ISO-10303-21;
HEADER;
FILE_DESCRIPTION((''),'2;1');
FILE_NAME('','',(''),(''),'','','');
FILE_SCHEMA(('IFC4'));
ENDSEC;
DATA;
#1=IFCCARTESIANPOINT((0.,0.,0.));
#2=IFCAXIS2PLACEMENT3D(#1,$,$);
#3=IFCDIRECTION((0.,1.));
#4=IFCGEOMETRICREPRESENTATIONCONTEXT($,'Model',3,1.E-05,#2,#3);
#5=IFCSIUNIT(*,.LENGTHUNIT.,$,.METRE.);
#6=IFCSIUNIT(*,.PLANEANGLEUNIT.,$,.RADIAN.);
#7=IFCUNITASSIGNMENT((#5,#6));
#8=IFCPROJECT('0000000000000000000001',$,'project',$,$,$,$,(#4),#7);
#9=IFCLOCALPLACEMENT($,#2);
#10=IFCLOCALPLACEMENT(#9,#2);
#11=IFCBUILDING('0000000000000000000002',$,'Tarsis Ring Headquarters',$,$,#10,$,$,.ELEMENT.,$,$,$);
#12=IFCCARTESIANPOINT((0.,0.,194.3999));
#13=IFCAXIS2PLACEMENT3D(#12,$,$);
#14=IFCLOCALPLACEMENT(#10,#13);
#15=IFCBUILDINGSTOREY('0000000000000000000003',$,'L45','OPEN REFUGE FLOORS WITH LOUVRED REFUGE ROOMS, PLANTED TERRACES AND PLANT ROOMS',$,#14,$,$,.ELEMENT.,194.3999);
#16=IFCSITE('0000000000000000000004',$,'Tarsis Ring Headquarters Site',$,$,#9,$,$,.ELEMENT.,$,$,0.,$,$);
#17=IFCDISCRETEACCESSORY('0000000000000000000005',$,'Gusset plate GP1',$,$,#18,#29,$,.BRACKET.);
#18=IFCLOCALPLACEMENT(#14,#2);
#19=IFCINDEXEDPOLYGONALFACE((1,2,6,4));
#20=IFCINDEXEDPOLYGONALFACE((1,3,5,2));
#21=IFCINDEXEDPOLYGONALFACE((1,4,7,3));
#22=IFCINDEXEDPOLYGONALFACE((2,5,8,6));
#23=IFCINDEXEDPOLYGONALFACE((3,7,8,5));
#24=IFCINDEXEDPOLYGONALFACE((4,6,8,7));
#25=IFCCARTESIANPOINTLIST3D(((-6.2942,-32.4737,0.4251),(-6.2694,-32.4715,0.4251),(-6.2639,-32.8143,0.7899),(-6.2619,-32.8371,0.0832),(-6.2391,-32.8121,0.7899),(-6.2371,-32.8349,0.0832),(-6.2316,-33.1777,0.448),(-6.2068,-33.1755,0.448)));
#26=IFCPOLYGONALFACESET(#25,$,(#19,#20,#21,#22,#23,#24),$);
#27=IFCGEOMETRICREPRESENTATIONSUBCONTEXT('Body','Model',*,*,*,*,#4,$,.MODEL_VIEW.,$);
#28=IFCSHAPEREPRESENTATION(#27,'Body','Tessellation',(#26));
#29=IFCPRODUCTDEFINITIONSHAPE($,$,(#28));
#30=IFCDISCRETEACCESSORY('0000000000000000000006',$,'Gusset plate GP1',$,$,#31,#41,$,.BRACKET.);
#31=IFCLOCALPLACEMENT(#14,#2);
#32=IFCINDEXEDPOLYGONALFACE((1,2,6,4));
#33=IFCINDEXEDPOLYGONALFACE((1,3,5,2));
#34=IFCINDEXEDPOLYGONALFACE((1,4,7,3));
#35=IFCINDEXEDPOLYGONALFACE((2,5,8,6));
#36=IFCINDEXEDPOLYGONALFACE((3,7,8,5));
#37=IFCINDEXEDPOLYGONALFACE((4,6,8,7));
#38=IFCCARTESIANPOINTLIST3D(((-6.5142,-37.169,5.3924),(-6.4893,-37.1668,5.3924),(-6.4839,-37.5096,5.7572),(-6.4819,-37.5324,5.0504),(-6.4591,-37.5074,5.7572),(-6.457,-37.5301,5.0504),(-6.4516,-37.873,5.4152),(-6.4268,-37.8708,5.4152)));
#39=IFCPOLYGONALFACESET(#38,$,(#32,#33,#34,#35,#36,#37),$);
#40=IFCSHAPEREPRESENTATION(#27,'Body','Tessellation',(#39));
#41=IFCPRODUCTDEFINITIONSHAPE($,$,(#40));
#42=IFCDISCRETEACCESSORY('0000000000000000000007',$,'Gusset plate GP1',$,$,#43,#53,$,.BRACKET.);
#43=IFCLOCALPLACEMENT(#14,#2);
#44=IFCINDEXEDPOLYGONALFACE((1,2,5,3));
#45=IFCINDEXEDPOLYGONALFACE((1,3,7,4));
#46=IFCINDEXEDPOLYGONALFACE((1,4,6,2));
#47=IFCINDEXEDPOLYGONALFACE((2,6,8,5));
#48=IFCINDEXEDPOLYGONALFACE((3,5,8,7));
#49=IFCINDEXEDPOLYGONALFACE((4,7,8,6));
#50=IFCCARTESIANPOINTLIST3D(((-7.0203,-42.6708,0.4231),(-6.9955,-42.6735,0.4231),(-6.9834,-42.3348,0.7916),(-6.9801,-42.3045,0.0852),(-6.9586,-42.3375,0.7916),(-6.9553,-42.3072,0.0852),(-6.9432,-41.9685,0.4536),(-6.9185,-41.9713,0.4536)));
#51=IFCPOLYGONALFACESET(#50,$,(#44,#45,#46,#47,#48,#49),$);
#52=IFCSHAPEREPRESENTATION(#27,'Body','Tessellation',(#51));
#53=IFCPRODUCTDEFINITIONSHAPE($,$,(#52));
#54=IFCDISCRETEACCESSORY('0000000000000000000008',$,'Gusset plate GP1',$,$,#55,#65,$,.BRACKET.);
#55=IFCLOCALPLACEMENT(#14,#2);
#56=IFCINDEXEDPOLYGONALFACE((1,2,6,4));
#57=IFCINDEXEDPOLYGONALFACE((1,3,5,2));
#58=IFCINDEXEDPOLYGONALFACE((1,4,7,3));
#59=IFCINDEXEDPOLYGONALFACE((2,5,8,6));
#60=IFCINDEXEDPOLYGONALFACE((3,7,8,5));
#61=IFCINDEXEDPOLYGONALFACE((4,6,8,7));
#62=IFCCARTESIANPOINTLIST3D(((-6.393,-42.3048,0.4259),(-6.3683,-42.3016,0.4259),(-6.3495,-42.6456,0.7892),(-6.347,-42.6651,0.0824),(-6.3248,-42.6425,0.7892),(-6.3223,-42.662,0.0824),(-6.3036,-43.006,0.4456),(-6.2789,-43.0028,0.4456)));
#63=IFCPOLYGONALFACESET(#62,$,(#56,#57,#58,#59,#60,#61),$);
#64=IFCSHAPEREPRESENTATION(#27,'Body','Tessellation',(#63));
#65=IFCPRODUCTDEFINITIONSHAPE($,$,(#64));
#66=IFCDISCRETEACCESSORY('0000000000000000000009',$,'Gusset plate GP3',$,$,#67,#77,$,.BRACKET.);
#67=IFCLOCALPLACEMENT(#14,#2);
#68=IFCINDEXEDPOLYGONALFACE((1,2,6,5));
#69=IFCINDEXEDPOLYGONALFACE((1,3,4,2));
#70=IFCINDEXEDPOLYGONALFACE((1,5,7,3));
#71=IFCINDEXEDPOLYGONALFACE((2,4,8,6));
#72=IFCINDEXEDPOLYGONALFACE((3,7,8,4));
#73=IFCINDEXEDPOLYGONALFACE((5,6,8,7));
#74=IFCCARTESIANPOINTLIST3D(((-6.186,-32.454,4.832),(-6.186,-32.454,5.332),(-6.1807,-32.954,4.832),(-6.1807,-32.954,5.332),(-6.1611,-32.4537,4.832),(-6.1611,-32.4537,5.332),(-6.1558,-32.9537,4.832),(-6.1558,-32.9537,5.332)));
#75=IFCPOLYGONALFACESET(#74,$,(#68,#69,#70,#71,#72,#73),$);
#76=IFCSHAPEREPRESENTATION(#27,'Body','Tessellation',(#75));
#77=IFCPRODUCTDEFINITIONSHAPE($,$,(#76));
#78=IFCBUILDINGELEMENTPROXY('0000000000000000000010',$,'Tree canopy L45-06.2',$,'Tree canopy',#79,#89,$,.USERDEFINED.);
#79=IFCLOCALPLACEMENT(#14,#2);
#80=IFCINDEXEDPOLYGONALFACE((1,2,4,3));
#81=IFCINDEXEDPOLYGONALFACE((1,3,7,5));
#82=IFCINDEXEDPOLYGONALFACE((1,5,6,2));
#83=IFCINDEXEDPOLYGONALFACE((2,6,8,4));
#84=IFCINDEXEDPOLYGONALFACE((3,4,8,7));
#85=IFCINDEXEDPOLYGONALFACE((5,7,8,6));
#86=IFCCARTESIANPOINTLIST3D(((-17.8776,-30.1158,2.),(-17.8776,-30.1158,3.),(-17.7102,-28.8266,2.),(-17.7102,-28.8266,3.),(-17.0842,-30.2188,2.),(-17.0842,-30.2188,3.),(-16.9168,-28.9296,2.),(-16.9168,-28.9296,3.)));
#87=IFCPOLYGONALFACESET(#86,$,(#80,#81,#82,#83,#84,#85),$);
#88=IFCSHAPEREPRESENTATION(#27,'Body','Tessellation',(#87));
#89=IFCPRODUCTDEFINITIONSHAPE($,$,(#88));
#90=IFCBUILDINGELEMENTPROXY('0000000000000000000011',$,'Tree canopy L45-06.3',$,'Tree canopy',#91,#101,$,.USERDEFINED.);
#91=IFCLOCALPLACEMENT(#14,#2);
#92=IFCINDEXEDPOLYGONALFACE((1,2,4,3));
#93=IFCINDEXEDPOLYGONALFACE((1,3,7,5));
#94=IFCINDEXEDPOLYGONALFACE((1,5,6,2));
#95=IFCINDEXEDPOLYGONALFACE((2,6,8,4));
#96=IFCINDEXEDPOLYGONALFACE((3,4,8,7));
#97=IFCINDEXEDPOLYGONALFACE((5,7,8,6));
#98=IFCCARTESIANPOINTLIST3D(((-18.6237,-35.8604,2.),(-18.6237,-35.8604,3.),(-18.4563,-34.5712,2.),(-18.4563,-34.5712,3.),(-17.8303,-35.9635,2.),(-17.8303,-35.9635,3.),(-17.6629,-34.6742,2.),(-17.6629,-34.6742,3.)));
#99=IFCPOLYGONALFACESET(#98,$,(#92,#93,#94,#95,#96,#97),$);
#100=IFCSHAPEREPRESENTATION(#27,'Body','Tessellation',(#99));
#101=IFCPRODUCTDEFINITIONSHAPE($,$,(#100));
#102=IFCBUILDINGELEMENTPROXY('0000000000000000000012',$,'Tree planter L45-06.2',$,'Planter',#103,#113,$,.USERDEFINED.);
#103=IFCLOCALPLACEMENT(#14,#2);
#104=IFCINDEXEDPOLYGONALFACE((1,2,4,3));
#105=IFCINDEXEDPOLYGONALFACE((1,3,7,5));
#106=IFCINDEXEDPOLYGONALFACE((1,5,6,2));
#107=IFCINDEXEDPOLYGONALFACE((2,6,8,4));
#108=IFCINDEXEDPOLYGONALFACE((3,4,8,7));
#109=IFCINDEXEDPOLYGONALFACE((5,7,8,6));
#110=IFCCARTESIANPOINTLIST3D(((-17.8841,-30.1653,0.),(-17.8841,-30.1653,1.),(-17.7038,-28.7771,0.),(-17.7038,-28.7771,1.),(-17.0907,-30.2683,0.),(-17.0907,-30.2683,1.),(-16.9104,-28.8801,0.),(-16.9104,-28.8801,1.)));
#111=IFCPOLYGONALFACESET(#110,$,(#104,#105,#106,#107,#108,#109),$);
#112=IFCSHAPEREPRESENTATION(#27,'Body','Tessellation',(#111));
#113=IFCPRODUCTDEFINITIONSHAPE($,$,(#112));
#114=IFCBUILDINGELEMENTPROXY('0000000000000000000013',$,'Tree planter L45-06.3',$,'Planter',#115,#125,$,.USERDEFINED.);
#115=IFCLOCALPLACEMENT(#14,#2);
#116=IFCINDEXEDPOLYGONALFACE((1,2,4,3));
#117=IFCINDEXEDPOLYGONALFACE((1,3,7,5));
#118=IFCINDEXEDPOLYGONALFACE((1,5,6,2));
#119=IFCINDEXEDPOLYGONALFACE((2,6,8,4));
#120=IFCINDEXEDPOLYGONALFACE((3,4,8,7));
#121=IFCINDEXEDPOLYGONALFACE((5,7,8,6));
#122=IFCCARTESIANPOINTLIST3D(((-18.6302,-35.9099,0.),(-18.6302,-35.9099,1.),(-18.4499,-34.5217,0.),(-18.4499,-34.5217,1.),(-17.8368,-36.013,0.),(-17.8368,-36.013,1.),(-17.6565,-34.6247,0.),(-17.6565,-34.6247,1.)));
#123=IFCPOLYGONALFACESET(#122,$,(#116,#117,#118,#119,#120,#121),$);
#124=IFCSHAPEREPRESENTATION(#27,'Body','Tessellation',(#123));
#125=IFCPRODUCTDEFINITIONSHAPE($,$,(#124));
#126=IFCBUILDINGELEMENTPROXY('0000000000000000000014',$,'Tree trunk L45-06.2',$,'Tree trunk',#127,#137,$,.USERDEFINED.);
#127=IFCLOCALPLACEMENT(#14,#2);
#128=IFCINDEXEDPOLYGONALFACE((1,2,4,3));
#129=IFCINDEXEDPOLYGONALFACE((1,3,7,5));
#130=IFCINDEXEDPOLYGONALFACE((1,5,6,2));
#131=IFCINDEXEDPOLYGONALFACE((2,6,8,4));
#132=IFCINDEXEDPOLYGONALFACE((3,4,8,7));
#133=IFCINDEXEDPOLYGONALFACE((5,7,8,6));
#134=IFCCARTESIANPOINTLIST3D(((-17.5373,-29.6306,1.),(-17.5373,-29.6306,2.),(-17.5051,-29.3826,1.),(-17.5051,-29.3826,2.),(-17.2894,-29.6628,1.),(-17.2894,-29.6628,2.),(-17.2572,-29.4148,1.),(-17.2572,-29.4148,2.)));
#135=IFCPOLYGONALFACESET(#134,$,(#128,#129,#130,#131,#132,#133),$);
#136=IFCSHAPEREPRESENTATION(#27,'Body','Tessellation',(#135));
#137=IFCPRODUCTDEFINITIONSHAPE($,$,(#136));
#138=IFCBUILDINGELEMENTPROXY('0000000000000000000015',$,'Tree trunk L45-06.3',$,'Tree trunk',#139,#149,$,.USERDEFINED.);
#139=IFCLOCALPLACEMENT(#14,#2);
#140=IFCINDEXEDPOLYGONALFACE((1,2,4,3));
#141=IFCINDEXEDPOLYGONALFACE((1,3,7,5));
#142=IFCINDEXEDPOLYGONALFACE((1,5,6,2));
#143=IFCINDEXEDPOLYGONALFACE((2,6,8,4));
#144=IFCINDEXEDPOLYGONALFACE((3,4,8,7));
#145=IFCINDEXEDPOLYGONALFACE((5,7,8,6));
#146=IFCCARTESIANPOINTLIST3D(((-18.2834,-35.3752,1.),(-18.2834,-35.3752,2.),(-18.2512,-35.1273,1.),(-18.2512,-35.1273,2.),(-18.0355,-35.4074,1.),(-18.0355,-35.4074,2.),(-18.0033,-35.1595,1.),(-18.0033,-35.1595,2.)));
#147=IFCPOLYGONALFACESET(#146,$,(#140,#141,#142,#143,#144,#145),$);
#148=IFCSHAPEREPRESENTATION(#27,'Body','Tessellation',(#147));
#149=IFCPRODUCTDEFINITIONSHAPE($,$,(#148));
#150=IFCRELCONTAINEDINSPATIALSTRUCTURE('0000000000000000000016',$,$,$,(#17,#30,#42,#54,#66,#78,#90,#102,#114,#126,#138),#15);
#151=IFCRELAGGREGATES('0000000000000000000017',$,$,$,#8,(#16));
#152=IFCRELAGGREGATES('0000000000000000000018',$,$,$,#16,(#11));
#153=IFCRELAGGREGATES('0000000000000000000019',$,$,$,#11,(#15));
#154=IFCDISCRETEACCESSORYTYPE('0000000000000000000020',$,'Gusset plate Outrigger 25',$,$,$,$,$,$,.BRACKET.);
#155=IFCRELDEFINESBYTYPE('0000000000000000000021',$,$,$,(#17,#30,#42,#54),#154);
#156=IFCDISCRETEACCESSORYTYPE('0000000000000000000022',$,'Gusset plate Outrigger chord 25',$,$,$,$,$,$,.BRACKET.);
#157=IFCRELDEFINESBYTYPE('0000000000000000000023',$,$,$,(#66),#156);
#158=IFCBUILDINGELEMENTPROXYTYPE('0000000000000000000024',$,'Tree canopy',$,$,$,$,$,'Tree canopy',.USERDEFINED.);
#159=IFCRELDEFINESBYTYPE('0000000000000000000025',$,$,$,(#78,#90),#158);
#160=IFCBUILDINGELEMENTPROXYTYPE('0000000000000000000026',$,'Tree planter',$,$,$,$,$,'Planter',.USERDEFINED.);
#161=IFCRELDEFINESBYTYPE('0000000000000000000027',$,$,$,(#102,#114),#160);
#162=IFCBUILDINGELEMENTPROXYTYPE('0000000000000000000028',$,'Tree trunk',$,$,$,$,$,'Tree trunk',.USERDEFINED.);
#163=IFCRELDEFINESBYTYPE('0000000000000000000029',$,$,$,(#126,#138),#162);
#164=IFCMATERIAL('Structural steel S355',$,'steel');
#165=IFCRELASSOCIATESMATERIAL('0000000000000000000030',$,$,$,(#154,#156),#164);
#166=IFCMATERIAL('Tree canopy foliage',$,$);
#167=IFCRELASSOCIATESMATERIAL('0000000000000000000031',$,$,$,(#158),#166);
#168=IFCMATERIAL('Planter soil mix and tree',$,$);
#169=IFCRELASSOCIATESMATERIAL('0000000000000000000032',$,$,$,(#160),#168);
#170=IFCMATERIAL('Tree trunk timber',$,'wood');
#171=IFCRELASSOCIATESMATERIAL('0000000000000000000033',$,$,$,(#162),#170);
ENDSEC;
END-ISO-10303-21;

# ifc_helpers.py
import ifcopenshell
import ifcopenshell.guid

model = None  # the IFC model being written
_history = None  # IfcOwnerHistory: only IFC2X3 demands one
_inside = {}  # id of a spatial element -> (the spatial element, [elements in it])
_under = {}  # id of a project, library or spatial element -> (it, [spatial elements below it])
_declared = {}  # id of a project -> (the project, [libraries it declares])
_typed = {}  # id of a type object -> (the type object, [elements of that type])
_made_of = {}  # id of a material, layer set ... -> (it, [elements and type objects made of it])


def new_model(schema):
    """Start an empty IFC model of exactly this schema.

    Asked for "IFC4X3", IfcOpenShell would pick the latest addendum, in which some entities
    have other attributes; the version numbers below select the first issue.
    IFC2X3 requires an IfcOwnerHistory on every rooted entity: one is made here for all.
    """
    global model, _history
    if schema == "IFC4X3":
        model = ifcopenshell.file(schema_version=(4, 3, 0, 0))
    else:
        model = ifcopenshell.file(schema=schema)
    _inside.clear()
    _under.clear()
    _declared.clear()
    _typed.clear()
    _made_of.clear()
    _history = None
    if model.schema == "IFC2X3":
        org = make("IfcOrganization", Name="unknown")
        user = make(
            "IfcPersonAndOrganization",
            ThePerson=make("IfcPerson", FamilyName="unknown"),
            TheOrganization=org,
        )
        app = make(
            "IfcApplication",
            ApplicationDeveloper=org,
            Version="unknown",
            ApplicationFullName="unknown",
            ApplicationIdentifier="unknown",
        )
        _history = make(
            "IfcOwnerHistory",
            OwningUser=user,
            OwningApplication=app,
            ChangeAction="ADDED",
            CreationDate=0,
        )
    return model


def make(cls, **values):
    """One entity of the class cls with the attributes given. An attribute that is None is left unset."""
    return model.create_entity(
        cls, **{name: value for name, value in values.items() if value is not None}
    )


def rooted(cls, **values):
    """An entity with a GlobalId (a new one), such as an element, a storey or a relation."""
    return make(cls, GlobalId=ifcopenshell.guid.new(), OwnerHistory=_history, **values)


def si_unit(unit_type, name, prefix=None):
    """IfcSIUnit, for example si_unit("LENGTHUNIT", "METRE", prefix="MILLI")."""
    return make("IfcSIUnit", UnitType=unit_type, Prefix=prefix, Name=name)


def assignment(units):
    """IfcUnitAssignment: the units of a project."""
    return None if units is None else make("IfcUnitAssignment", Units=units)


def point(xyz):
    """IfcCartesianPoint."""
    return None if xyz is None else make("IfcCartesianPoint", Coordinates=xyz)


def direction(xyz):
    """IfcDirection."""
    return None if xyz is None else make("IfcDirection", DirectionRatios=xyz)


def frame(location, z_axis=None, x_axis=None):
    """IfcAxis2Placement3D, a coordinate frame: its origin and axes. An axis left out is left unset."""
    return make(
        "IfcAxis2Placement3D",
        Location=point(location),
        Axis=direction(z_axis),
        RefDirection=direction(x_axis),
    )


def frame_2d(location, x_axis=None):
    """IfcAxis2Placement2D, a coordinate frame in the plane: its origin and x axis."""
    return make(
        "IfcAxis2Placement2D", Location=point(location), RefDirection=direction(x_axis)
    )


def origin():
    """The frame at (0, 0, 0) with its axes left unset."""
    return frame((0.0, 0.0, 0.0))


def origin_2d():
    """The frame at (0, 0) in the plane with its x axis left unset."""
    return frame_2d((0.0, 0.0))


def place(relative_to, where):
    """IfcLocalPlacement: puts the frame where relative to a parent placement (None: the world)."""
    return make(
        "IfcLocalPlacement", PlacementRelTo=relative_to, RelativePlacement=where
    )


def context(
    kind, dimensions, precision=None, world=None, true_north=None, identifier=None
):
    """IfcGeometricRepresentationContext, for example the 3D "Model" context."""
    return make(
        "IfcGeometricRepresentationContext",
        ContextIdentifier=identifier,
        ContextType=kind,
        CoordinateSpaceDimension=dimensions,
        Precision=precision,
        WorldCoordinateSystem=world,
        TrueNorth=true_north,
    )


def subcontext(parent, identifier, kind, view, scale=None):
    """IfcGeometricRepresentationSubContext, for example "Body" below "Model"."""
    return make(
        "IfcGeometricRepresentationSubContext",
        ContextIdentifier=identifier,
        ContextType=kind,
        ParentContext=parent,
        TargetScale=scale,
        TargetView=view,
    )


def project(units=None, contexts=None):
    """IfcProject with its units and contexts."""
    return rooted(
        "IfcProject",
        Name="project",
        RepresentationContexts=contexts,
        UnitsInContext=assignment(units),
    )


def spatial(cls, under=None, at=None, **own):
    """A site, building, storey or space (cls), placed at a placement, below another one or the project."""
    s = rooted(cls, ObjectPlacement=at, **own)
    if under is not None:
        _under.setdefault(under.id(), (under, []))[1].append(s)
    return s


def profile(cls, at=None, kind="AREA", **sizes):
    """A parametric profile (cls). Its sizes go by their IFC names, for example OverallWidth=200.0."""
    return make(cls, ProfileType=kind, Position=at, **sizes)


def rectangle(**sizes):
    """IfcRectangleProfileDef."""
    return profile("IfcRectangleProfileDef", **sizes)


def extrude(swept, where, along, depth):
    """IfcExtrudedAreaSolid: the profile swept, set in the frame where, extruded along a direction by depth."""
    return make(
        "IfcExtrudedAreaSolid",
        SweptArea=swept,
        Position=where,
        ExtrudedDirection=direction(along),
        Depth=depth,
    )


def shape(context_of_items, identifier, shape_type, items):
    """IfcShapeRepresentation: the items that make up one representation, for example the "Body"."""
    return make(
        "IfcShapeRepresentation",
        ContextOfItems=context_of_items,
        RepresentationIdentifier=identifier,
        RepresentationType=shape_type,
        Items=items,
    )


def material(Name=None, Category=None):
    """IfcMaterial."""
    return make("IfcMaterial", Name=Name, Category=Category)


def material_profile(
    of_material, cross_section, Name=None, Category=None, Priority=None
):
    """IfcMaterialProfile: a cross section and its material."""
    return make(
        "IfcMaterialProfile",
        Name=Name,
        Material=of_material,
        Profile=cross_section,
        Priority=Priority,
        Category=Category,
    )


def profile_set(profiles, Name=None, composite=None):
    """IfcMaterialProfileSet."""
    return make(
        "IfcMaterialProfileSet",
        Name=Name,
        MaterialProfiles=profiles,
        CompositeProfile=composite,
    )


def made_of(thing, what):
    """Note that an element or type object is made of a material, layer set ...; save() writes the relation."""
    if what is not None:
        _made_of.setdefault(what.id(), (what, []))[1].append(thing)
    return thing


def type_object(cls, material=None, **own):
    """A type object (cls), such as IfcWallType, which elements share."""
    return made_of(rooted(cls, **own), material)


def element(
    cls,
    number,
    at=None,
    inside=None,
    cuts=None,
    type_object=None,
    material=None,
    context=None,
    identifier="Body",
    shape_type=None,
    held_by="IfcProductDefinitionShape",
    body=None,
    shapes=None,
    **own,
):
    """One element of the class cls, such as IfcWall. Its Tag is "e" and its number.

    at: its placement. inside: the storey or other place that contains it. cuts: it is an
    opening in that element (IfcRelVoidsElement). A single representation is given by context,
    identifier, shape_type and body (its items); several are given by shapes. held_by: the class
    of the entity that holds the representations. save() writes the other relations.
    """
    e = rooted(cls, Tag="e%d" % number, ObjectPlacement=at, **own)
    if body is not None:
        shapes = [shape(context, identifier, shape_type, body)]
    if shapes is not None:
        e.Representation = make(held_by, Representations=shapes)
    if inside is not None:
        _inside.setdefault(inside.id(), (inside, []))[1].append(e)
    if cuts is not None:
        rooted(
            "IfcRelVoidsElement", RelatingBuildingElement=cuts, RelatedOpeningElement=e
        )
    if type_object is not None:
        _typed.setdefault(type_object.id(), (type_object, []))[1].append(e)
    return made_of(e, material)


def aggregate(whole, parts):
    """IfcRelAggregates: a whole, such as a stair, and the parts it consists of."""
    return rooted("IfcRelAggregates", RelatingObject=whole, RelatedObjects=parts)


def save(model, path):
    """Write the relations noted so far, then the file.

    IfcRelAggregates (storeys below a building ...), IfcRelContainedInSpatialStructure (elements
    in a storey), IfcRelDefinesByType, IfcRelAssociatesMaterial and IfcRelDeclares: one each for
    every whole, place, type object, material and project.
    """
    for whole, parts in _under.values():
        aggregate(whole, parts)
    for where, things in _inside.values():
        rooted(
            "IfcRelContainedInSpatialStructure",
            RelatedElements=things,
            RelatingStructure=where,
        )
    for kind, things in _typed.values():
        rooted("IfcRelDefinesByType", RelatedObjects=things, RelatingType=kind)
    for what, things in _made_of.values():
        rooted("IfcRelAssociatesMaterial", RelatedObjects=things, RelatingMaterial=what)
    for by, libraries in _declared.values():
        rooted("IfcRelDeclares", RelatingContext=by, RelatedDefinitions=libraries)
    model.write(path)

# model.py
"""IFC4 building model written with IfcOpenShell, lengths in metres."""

from ifc_helpers import new_model, si_unit, direction, frame, origin, origin_2d, place, context, subcontext, project, spatial, rectangle, extrude, material, material_profile, profile_set, type_object, element, save


model = new_model("IFC4")

# Units and contexts
model_context = context("Model", 3, precision=1e-05, world=origin(), true_north=direction((0.0, 1.0)))
body_context = subcontext(model_context, "Body", "Model", "MODEL_VIEW")
ifc_project = project(units=[si_unit("LENGTHUNIT", "METRE"), si_unit("PLANEANGLEUNIT", "RADIAN")], contexts=[model_context])

# Site, building, storey
site_placement = place(None, origin())
site = spatial("IfcSite", under=ifc_project, at=site_placement, Name="Tarsis Ring Headquarters Site", CompositionType="ELEMENT", RefElevation=0.0)
building_placement = place(site_placement, origin())
building = spatial("IfcBuilding", under=site, at=building_placement, Name="Tarsis Ring Headquarters", CompositionType="ELEMENT")
storey_placement = place(building_placement, frame((0.0, 0.0, 194.3999)))
storey = spatial("IfcBuildingStorey", under=building, at=storey_placement, Name="L45", Description="OPEN REFUGE FLOORS WITH LOUVRED REFUGE ROOMS, PLANTED TERRACES AND PLANT ROOMS", CompositionType="ELEMENT", Elevation=194.3999)

# Shared definitions
ifc_material_1 = material(Name="Structural steel S355", Category="steel")

# Discrete accessories
ifc_material_profile_1 = material_profile(ifc_material_1, rectangle(XDim=0.0249, YDim=0.5, at=origin_2d()), Name="PL 25x500")
ifc_profile_set_1 = profile_set([ifc_material_profile_1], Name="Structural steel S355")
discrete_accessory_type_1 = type_object("IfcDiscreteAccessoryType", Name="Gusset plate Outrigger 25", PredefinedType="BRACKET", material=ifc_profile_set_1)
for number, where, z_axis, x_axis, name in (
    (1, (-6.2656, -32.6543, 0.2542), (0.060553, -0.681223, 0.729568), (0.996073, 0.08854, 0.0), "Gusset plate GP1"),
    (2, (-6.4553, -37.6902, 5.5862), (-0.060553, 0.681223, -0.729568), (-0.996073, -0.08854, 0.0), "Gusset plate GP1"),
    (3, (-6.9878, -42.489, 0.2542), (0.07374, 0.671959, 0.736908), (-0.994033, 0.109084, 0.0), "Gusset plate GP1"),
    (4, (-6.3577, -42.4834, 0.2542), (0.086911, -0.681613, 0.726533), (0.991969, 0.126483, 0.0), "Gusset plate GP1"),
):
    element("IfcDiscreteAccessory", number, at=place(storey_placement, frame(where, z_axis=z_axis, x_axis=x_axis)), inside=storey, type_object=discrete_accessory_type_1, Name=name, PredefinedType="BRACKET", context=body_context, shape_type="SweptSolid", body=[
        extrude(rectangle(XDim=0.0249, YDim=0.5, at=origin_2d()), origin(), (0.0, 0.0, 1.0), 0.5),
    ])
discrete_accessory_type_2 = type_object("IfcDiscreteAccessoryType", Name="Gusset plate Outrigger chord 25", PredefinedType="BRACKET", material=ifc_profile_set_1)
discrete_accessory_1_placement = place(storey_placement, frame((-6.1709, -32.7039, 5.332), z_axis=(0.0, 0.0, -1.0), x_axis=(0.999944, 0.010573, 0.0)))
element("IfcDiscreteAccessory", 5, at=discrete_accessory_1_placement, inside=storey, type_object=discrete_accessory_type_2, Name="Gusset plate GP3", PredefinedType="BRACKET", context=body_context, shape_type="SweptSolid", body=[
    extrude(rectangle(XDim=0.0249, YDim=0.5, at=origin_2d()), origin(), (0.0, 0.0, 1.0), 0.5),
])

# Building element proxies
ifc_material_2 = material(Name="Tree canopy foliage")
building_element_proxy_type_1 = type_object("IfcBuildingElementProxyType", Name="Tree canopy", ElementType="Tree canopy", PredefinedType="USERDEFINED", material=ifc_material_2)
for number, where, z_axis, x_axis, name in (
    (6, (-17.3972, -29.5227, 2.0), (0.0, 0.0, 1.0), (-0.128796, -0.991671, 0.0), "Tree canopy L45-06.2"),
    (7, (-18.1433, -35.2673, 2.0), (0.0, 0.0, 1.0), (-0.128796, -0.991671, 0.0), "Tree canopy L45-06.3"),
):
    element("IfcBuildingElementProxy", number, at=place(storey_placement, frame(where, z_axis=z_axis, x_axis=x_axis)), inside=storey, type_object=building_element_proxy_type_1, Name=name, ObjectType="Tree canopy", PredefinedType="USERDEFINED", context=body_context, shape_type="SweptSolid", body=[
        extrude(rectangle(XDim=1.3, YDim=0.8, at=origin_2d()), origin(), (0.0, 0.0, 1.0), 1.0),
    ])
ifc_material_3 = material(Name="Planter soil mix and tree")
building_element_proxy_type_2 = type_object("IfcBuildingElementProxyType", Name="Tree planter", ElementType="Planter", PredefinedType="USERDEFINED", material=ifc_material_3)
for number, where, z_axis, x_axis, name in (
    (8, (-17.3972, -29.5227, 0.0), (0.0, 0.0, 1.0), (-0.128796, -0.991671, 0.0), "Tree planter L45-06.2"),
    (9, (-18.1433, -35.2673, 0.0), (0.0, 0.0, 1.0), (-0.128796, -0.991671, 0.0), "Tree planter L45-06.3"),
):
    element("IfcBuildingElementProxy", number, at=place(storey_placement, frame(where, z_axis=z_axis, x_axis=x_axis)), inside=storey, type_object=building_element_proxy_type_2, Name=name, ObjectType="Planter", PredefinedType="USERDEFINED", context=body_context, shape_type="SweptSolid", body=[
        extrude(rectangle(XDim=1.3999, YDim=0.8, at=origin_2d()), origin(), (0.0, 0.0, 1.0), 1.0),
    ])
ifc_material_4 = material(Name="Tree trunk timber", Category="wood")
building_element_proxy_type_3 = type_object("IfcBuildingElementProxyType", Name="Tree trunk", ElementType="Tree trunk", PredefinedType="USERDEFINED", material=ifc_material_4)
for number, where, z_axis, x_axis, name in (
    (10, (-17.3972, -29.5227, 1.0), (0.0, 0.0, 1.0), (-0.128796, -0.991671, 0.0), "Tree trunk L45-06.2"),
    (11, (-18.1433, -35.2673, 1.0), (0.0, 0.0, 1.0), (-0.128796, -0.991671, 0.0), "Tree trunk L45-06.3"),
):
    element("IfcBuildingElementProxy", number, at=place(storey_placement, frame(where, z_axis=z_axis, x_axis=x_axis)), inside=storey, type_object=building_element_proxy_type_3, Name=name, ObjectType="Tree trunk", PredefinedType="USERDEFINED", context=body_context, shape_type="SweptSolid", body=[
        extrude(rectangle(XDim=0.25, YDim=0.25, at=origin_2d()), origin(), (0.0, 0.0, 1.0), 1.0),
    ])

save(model, "model.ifc")
